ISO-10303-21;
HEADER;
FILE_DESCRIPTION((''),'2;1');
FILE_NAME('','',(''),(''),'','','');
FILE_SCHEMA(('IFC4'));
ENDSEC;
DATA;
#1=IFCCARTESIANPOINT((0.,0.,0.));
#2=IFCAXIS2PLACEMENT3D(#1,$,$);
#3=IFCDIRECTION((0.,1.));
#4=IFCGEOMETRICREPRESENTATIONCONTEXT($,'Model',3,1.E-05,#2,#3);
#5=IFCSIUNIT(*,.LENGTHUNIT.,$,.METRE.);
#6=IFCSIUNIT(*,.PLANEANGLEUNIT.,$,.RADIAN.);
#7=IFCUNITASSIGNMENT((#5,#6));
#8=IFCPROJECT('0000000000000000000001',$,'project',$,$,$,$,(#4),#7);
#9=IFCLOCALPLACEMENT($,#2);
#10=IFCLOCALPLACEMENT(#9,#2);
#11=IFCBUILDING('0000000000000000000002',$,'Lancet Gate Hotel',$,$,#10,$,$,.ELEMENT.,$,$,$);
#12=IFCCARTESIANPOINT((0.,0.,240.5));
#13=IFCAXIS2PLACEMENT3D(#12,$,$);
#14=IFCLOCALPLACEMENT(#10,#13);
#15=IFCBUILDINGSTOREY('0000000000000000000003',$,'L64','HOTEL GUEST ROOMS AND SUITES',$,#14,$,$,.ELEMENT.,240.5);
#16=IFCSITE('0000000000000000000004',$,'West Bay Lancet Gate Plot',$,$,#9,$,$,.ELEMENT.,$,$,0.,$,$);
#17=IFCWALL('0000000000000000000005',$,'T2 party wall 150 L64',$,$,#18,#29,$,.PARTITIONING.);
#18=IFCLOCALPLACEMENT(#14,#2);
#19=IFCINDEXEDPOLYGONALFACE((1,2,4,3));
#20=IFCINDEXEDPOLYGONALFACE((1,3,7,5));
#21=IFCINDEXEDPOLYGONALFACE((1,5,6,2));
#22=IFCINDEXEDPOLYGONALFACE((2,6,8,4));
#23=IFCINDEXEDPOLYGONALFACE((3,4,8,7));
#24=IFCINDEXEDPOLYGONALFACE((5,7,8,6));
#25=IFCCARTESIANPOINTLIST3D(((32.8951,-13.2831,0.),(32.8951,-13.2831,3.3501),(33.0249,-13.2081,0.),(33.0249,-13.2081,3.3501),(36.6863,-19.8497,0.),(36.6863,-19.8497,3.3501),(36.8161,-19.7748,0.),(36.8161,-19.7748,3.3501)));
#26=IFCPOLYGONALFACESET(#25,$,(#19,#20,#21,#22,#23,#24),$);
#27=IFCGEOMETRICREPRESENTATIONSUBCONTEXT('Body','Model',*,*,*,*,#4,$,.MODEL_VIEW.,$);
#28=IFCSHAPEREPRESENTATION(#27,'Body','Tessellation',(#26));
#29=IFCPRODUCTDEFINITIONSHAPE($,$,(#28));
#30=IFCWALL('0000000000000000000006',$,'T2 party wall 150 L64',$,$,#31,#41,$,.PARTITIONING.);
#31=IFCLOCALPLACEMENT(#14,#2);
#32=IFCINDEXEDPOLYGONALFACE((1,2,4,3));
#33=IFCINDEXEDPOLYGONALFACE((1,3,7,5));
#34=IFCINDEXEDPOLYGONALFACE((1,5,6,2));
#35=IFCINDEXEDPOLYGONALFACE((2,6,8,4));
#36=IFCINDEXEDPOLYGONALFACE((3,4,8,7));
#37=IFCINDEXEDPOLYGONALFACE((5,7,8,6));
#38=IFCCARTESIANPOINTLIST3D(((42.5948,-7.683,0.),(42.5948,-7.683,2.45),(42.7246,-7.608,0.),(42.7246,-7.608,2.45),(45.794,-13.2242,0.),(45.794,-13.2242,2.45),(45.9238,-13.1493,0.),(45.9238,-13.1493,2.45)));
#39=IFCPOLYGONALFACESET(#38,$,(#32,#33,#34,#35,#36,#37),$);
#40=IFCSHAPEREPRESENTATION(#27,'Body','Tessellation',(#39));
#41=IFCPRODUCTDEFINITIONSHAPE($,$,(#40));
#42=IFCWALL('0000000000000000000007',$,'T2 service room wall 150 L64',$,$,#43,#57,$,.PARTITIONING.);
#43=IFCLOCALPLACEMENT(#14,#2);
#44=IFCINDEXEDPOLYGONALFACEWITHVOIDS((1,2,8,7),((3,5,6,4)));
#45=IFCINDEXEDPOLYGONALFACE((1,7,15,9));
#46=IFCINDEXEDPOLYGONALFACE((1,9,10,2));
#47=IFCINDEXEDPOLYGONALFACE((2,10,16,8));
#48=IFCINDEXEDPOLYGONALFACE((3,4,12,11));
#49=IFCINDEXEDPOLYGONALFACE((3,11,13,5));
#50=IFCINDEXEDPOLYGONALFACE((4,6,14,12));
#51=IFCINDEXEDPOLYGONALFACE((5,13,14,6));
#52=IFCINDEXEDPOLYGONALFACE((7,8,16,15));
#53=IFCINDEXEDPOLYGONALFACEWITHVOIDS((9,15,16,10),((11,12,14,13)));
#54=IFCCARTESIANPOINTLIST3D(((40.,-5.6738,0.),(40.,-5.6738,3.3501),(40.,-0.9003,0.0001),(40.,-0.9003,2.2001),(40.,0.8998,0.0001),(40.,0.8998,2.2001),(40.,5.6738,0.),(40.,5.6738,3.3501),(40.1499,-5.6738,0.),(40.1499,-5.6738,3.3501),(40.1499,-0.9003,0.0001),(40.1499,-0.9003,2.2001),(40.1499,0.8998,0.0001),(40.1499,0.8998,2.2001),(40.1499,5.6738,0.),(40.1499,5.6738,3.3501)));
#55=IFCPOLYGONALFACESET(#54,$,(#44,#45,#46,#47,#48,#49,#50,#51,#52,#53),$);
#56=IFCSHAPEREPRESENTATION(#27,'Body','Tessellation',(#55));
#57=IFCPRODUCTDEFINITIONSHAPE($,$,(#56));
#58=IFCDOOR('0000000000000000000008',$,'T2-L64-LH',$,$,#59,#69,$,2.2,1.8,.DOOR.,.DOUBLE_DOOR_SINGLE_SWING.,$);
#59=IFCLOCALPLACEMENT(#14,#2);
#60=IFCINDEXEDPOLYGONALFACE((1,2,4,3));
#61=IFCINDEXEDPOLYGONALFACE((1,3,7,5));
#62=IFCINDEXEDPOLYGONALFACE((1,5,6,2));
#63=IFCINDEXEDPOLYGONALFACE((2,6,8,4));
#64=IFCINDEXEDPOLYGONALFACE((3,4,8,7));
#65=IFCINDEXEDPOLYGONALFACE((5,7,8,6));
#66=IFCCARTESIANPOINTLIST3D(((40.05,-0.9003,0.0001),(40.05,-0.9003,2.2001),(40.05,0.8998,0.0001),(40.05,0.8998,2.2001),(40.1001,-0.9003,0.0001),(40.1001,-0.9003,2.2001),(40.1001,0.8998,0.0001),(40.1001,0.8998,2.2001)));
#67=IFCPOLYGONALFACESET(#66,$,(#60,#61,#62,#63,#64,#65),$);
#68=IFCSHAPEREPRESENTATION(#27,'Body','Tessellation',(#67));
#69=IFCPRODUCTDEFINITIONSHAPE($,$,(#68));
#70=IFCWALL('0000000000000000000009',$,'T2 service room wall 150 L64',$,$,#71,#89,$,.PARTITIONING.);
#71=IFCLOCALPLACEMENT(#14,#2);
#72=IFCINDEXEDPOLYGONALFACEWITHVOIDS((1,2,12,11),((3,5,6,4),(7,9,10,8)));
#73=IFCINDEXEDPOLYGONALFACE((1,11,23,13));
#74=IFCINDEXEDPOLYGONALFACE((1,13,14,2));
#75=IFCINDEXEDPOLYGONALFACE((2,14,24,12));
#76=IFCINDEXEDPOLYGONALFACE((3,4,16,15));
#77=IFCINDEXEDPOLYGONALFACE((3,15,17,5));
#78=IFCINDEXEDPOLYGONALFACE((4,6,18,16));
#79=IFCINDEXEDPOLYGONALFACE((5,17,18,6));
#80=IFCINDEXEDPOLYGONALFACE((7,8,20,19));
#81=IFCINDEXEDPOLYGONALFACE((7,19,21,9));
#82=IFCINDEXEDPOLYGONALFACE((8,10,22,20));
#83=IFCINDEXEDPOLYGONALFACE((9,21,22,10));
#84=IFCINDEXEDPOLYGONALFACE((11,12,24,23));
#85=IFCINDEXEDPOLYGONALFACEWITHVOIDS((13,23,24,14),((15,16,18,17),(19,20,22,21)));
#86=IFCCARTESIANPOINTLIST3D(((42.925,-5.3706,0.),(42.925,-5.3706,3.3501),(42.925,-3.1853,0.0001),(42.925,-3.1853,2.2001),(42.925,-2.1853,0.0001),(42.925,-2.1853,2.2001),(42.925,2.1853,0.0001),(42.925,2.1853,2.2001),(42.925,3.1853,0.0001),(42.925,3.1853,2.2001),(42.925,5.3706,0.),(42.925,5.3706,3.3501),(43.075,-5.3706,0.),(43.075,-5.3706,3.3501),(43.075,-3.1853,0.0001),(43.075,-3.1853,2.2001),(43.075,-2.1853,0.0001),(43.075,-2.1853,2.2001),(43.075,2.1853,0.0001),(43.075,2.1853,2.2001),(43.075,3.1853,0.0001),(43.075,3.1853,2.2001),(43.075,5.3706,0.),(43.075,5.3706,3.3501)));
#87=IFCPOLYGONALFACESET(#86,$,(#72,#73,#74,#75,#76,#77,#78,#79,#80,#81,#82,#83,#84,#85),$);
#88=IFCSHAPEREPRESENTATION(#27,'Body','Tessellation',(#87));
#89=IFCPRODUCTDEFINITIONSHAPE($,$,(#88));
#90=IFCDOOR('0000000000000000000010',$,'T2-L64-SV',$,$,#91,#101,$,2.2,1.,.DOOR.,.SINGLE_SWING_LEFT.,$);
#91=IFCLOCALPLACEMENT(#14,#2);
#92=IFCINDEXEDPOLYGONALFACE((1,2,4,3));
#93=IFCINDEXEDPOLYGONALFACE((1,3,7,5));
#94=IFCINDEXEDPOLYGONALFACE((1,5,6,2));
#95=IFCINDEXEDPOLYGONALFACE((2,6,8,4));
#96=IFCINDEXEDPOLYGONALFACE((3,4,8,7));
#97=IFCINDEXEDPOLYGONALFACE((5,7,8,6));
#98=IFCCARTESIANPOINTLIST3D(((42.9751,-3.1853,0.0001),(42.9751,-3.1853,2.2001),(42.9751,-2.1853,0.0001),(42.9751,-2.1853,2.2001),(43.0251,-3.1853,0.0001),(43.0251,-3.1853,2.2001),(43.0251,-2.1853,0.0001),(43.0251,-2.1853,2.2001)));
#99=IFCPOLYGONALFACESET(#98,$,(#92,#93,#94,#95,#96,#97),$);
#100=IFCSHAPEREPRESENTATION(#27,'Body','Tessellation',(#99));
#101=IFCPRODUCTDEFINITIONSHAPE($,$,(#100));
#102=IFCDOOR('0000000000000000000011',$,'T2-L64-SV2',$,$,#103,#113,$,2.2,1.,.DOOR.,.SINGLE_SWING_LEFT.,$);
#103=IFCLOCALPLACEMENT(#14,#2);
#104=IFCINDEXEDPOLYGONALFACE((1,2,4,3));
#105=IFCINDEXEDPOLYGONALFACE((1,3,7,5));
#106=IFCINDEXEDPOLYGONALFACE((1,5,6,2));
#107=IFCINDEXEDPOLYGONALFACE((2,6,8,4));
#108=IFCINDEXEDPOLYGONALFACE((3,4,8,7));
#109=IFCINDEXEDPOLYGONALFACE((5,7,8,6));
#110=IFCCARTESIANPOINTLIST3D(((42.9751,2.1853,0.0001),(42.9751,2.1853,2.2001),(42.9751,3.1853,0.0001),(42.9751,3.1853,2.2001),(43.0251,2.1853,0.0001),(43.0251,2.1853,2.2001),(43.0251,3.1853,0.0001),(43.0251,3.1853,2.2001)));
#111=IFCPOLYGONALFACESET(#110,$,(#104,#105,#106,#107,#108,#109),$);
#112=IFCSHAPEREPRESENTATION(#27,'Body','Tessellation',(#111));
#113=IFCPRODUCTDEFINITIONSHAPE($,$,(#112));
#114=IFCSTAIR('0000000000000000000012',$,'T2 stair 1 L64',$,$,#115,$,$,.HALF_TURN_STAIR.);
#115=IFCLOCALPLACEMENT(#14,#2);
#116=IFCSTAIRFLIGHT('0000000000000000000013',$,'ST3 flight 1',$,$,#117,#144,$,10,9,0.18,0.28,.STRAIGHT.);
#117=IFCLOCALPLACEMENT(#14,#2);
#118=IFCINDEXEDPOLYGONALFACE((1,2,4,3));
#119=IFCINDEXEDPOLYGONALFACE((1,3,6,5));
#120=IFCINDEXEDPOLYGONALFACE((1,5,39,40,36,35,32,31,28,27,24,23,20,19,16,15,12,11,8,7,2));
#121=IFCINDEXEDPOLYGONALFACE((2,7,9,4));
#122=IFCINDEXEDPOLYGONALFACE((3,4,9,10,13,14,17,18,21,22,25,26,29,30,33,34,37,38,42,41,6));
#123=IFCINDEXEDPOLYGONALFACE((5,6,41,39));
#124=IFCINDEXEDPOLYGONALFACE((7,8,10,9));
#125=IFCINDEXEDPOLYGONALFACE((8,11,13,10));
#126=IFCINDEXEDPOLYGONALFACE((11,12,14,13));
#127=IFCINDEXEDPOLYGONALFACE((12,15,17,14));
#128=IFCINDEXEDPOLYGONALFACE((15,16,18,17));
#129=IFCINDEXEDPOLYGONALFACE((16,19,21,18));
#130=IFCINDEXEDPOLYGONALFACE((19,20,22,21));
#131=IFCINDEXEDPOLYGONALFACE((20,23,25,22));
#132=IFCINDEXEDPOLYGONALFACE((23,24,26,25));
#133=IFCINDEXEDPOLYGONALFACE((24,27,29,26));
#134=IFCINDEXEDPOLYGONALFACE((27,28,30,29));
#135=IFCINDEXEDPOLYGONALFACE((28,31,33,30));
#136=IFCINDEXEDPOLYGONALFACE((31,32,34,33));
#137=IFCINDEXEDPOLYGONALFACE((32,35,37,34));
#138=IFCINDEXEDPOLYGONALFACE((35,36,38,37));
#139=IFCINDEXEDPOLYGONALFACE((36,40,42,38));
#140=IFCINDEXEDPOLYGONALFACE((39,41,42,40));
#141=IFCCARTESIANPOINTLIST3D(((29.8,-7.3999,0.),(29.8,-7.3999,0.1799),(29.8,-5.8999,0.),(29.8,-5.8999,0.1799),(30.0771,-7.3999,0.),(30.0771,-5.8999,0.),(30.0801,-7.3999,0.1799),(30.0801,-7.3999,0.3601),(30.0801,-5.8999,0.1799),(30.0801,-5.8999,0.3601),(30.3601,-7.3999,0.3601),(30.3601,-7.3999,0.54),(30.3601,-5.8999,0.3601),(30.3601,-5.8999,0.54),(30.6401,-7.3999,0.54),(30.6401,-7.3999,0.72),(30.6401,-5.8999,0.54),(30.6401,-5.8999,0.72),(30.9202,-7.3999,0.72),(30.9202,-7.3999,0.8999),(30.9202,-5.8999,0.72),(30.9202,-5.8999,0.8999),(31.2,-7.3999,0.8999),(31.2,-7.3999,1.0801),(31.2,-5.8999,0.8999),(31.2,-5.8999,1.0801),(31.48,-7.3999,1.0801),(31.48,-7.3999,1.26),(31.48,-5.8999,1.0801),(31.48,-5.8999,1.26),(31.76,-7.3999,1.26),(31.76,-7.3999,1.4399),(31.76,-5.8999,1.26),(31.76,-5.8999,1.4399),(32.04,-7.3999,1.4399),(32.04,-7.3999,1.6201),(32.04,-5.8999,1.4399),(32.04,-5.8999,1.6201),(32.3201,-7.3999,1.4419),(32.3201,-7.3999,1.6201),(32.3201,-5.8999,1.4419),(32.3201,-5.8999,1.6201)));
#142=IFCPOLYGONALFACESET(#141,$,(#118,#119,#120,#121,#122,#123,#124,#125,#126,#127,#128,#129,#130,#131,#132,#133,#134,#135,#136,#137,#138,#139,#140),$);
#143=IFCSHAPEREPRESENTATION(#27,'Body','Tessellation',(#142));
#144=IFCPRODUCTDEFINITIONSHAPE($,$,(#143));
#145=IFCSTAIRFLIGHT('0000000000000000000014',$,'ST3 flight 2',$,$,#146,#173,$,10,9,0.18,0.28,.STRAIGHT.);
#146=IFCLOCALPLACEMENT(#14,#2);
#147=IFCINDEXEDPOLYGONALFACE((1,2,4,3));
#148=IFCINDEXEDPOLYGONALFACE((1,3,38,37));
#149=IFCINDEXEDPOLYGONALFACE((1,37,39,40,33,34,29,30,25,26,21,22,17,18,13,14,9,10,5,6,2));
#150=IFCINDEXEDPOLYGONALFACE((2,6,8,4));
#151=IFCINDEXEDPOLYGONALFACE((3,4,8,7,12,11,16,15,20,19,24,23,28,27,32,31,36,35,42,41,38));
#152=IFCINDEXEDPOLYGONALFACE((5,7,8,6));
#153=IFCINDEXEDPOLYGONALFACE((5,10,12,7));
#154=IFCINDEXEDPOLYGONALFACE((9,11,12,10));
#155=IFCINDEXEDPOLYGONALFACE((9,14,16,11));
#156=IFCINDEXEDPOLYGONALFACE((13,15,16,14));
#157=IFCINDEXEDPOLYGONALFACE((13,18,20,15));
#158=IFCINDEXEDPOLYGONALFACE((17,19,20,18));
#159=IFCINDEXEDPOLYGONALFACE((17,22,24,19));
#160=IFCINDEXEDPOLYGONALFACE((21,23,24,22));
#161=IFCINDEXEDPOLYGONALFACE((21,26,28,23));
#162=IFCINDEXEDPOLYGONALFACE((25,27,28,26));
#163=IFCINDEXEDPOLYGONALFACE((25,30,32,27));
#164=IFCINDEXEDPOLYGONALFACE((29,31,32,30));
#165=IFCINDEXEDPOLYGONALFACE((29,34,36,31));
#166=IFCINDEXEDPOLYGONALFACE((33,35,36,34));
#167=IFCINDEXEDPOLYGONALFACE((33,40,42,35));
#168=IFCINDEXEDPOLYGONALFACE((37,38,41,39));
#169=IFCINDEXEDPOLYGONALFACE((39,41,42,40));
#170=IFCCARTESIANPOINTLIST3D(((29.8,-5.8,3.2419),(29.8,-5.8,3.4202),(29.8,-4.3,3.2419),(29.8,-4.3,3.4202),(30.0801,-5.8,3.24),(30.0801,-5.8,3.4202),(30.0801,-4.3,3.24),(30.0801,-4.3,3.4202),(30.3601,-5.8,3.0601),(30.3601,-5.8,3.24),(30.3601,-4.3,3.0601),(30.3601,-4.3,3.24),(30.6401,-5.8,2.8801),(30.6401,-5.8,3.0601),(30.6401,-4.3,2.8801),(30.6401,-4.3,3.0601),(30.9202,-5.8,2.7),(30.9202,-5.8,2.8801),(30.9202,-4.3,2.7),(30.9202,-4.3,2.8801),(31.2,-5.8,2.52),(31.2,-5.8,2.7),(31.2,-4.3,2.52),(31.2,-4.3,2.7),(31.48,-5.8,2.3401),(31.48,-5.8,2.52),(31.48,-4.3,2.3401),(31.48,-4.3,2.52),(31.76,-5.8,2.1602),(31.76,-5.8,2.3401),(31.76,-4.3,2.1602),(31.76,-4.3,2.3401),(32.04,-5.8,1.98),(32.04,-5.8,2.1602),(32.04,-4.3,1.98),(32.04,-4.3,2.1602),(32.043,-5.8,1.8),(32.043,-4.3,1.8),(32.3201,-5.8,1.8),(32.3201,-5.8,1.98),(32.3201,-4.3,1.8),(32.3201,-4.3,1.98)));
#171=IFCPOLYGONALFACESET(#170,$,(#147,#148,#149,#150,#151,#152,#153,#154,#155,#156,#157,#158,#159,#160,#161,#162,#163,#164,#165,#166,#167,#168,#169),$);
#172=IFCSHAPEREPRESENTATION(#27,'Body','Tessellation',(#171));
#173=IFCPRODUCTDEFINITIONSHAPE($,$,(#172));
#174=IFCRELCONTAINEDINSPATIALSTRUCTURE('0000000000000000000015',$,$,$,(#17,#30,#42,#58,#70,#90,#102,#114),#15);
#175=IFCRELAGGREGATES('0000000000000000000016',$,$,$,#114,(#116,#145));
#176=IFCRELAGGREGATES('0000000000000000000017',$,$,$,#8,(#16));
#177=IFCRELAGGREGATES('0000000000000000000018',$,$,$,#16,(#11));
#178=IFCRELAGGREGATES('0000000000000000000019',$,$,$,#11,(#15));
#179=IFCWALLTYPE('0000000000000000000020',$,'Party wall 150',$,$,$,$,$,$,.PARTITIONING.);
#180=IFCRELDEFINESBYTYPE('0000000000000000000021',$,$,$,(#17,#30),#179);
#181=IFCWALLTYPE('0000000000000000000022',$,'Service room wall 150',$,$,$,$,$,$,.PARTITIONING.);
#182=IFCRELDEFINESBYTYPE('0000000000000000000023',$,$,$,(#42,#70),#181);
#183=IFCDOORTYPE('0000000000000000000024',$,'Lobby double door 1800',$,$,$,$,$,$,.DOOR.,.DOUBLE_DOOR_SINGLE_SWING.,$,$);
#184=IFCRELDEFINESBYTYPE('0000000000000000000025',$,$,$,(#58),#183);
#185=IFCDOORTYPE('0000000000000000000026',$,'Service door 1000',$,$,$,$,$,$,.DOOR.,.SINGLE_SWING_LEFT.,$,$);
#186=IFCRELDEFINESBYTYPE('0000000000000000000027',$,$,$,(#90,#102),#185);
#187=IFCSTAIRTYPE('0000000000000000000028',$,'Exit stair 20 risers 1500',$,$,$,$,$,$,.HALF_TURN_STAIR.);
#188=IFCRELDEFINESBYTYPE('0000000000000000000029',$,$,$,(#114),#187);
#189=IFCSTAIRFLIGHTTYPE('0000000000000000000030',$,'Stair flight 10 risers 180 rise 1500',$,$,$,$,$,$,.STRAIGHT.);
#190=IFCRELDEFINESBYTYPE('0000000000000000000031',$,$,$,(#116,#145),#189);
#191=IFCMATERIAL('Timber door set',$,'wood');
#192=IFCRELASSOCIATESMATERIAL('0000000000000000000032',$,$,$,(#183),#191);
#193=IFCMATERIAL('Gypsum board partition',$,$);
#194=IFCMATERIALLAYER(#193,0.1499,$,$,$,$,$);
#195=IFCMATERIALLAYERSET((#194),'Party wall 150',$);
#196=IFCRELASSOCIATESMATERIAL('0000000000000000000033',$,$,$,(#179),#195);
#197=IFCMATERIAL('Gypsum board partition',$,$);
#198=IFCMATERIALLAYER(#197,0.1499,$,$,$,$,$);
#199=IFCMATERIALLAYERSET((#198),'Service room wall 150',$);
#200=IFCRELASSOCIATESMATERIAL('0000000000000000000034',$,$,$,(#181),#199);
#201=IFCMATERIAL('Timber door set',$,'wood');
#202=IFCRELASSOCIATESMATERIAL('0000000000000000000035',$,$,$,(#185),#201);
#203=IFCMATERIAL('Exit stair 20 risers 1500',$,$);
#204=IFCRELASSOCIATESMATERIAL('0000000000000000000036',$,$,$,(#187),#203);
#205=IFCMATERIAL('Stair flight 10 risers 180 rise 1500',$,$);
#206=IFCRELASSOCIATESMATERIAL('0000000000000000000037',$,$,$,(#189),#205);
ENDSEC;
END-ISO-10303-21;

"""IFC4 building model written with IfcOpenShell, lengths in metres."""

from ifc_helpers import new_model, si_unit, direction, frame, frame_2d, origin, place, context, subcontext, project, spatial, polyline, rectangle, outline, extrude, material, layer, layer_set, type_object, element, fill, aggregate, save


model = new_model("IFC4")

# Units and contexts
model_context = context("Model", 3, precision=1e-05, world=origin(), true_north=direction((0.0, 1.0)))
body_context = subcontext(model_context, "Body", "Model", "MODEL_VIEW")
ifc_project = project(units=[si_unit("LENGTHUNIT", "METRE"), si_unit("PLANEANGLEUNIT", "RADIAN")], contexts=[model_context])

# Site, building, storey
site_placement = place(None, origin())
site = spatial("IfcSite", under=ifc_project, at=site_placement, Name="West Bay Lancet Gate Plot", CompositionType="ELEMENT", RefElevation=0.0)
building_placement = place(site_placement, origin())
building = spatial("IfcBuilding", under=site, at=building_placement, Name="Lancet Gate Hotel", CompositionType="ELEMENT")
storey_placement = place(building_placement, frame((0.0, 0.0, 240.5)))
storey = spatial("IfcBuildingStorey", under=building, at=storey_placement, Name="L64", Description="HOTEL GUEST ROOMS AND SUITES", CompositionType="ELEMENT", Elevation=240.5)

# Shared definitions
ifc_material_1 = material(Name="Timber door set", Category="wood")
door_type_1 = type_object("IfcDoorType", Name="Lobby double door 1800", OperationType="DOUBLE_DOOR_SINGLE_SWING", PredefinedType="DOOR", material=ifc_material_1)

# Walls
ifc_material_2 = material(Name="Gypsum board partition")
ifc_layer_1 = layer(ifc_material_2, 0.1499)
ifc_layer_set_1 = layer_set([ifc_layer_1], Name="Party wall 150")
wall_type_1 = type_object("IfcWallType", Name="Party wall 150", PredefinedType="PARTITIONING", material=ifc_layer_set_1)
wall_1_placement = place(storey_placement, frame((32.96, -13.2456, 0.0), z_axis=(0.0, 0.0, 1.0), x_axis=(0.5, -0.866025, 0.0)))
element("IfcWall", 1, at=wall_1_placement, inside=storey, type_object=wall_type_1, Name="T2 party wall 150 L64", PredefinedType="PARTITIONING", context=body_context, shape_type="SweptSolid", body=[
    extrude(rectangle(XDim=7.5825, YDim=0.1499, at=frame_2d((3.7913, 0.0))), origin(), (0.0, 0.0, 1.0), 3.3501),
])
wall_2_placement = place(storey_placement, frame((42.6597, -7.6455, 0.0), z_axis=(0.0, 0.0, 1.0), x_axis=(0.499997, -0.866027, 0.0)))
element("IfcWall", 2, at=wall_2_placement, inside=storey, type_object=wall_type_1, Name="T2 party wall 150 L64", PredefinedType="PARTITIONING", context=body_context, shape_type="SweptSolid", body=[
    extrude(rectangle(XDim=6.3984, YDim=0.1499, at=frame_2d((3.1992, 0.0))), origin(), (0.0, 0.0, 1.0), 2.45),
])

# Wall, opening, door
ifc_material_3 = material(Name="Gypsum board partition")
ifc_layer_2 = layer(ifc_material_3, 0.1499)
ifc_layer_set_2 = layer_set([ifc_layer_2], Name="Service room wall 150")
wall_type_2 = type_object("IfcWallType", Name="Service room wall 150", PredefinedType="PARTITIONING", material=ifc_layer_set_2)
wall_3_placement = place(storey_placement, frame((40.075, -5.6738, 0.0), z_axis=(0.0, 0.0, 1.0), x_axis=(0.0, 1.0, 0.0)))
wall_3 = element("IfcWall", 3, at=wall_3_placement, inside=storey, type_object=wall_type_2, Name="T2 service room wall 150 L64", PredefinedType="PARTITIONING", context=body_context, shape_type="SweptSolid", body=[
    extrude(rectangle(XDim=11.3477, YDim=0.1499, at=frame_2d((5.6738, 0.0))), origin(), (0.0, 0.0, 1.0), 3.3501),
])
opening_1_placement = place(wall_3_placement, frame((4.7737, 0.0, 0.0)))
opening_1 = element("IfcOpeningElement", 4, at=opening_1_placement, cuts=wall_3, PredefinedType="OPENING", context=body_context, shape_type="SweptSolid", body=[
    extrude(rectangle(XDim=1.8, YDim=2.2, at=frame_2d((0.8999, 1.1001))), frame((0.0, 0.085, 0.0), z_axis=(0.0, -1.0, 0.0), x_axis=(1.0, 0.0, 0.0)), (0.0, 0.0, 1.0), 0.1699),
])
door_1_placement = place(opening_1_placement, origin())
door_1 = element("IfcDoor", 5, at=door_1_placement, inside=storey, type_object=door_type_1, Name="T2-L64-LH", OperationType="DOUBLE_DOOR_SINGLE_SWING", OverallHeight=2.2, OverallWidth=1.8, PredefinedType="DOOR", context=body_context, shape_type="SweptSolid", body=[
    extrude(rectangle(XDim=1.8, YDim=2.2, at=frame_2d((0.8999, 1.1001))), frame((0.0, 0.0249, 0.0), z_axis=(0.0, -1.0, 0.0), x_axis=(1.0, 0.0, 0.0)), (0.0, 0.0, 1.0), 0.05),
])
fill(opening_1, door_1)

# Wall, openings, doors
wall_4_placement = place(storey_placement, frame((43.0, -5.3706, 0.0), z_axis=(0.0, 0.0, 1.0), x_axis=(0.0, 1.0, 0.0)))
wall_4 = element("IfcWall", 6, at=wall_4_placement, inside=storey, type_object=wall_type_2, Name="T2 service room wall 150 L64", PredefinedType="PARTITIONING", context=body_context, shape_type="SweptSolid", body=[
    extrude(rectangle(XDim=10.7412, YDim=0.1499, at=frame_2d((5.3706, 0.0))), origin(), (0.0, 0.0, 1.0), 3.3501),
])
opening_2_placement = place(wall_4_placement, frame((2.1853, 0.0, 0.0)))
opening_2 = element("IfcOpeningElement", 7, at=opening_2_placement, cuts=wall_4, PredefinedType="OPENING", context=body_context, shape_type="SweptSolid", body=[
    extrude(rectangle(XDim=1.0, YDim=2.2, at=frame_2d((0.5, 1.1001))), frame((0.0, 0.085, 0.0), z_axis=(0.0, -1.0, 0.0), x_axis=(1.0, 0.0, 0.0)), (0.0, 0.0, 1.0), 0.1699),
])
opening_3_placement = place(wall_4_placement, frame((7.5559, 0.0, 0.0)))
opening_3 = element("IfcOpeningElement", 8, at=opening_3_placement, cuts=wall_4, PredefinedType="OPENING", context=body_context, shape_type="SweptSolid", body=[
    extrude(rectangle(XDim=1.0, YDim=2.2, at=frame_2d((0.5, 1.1001))), frame((0.0, 0.085, 0.0), z_axis=(0.0, -1.0, 0.0), x_axis=(1.0, 0.0, 0.0)), (0.0, 0.0, 1.0), 0.1699),
])
ifc_material_4 = material(Name="Timber door set", Category="wood")
door_type_2 = type_object("IfcDoorType", Name="Service door 1000", OperationType="SINGLE_SWING_LEFT", PredefinedType="DOOR", material=ifc_material_4)
door_2_placement = place(opening_2_placement, origin())
door_2 = element("IfcDoor", 9, at=door_2_placement, inside=storey, type_object=door_type_2, Name="T2-L64-SV", OperationType="SINGLE_SWING_LEFT", OverallHeight=2.2, OverallWidth=1.0, PredefinedType="DOOR", context=body_context, shape_type="SweptSolid", body=[
    extrude(rectangle(XDim=1.0, YDim=2.2, at=frame_2d((0.5, 1.1001))), frame((0.0, 0.0249, 0.0), z_axis=(0.0, -1.0, 0.0), x_axis=(1.0, 0.0, 0.0)), (0.0, 0.0, 1.0), 0.05),
])
fill(opening_2, door_2)
door_3_placement = place(opening_3_placement, origin())
door_3 = element("IfcDoor", 10, at=door_3_placement, inside=storey, type_object=door_type_2, Name="T2-L64-SV2", OperationType="SINGLE_SWING_LEFT", OverallHeight=2.2, OverallWidth=1.0, PredefinedType="DOOR", context=body_context, shape_type="SweptSolid", body=[
    extrude(rectangle(XDim=1.0, YDim=2.2, at=frame_2d((0.5, 1.1001))), frame((0.0, 0.0249, 0.0), z_axis=(0.0, -1.0, 0.0), x_axis=(1.0, 0.0, 0.0)), (0.0, 0.0, 1.0), 0.05),
])
fill(opening_3, door_3)

# Stair, stair flights
ifc_material_5 = material(Name="Exit stair 20 risers 1500")
stair_type = type_object("IfcStairType", Name="Exit stair 20 risers 1500", PredefinedType="HALF_TURN_STAIR", material=ifc_material_5)
stair_placement = place(storey_placement, origin())
stair = element("IfcStair", 11, at=stair_placement, inside=storey, type_object=stair_type, Name="T2 stair 1 L64", PredefinedType="HALF_TURN_STAIR")
ifc_material_6 = material(Name="Stair flight 10 risers 180 rise 1500")
stair_flight_type = type_object("IfcStairFlightType", Name="Stair flight 10 risers 180 rise 1500", PredefinedType="STRAIGHT", material=ifc_material_6)
stair_flight_1_placement = place(storey_placement, frame((29.8, -6.6499, 0.0), z_axis=(0.0, 0.0, 1.0), x_axis=(1.0, 0.0, 0.0)))
stair_flight_1 = element("IfcStairFlight", 12, at=stair_flight_1_placement, type_object=stair_flight_type, Name="ST3 flight 1", NumberOfRisers=10, NumberOfTreads=9, PredefinedType="STRAIGHT", RiserHeight=0.18, TreadLength=0.28, context=body_context, shape_type="SweptSolid", body=[
    extrude(outline(polyline([(0.0, 0.0), (0.0, 0.1799), (0.28, 0.1799), (0.28, 0.3601), (0.5601, 0.3601), (0.5601, 0.54), (0.8401, 0.54), (0.8401, 0.72), (1.1201, 0.72), (1.1201, 0.8999), (1.3999, 0.8999), (1.3999, 1.0801), (1.6799, 1.0801), (1.6799, 1.26), (1.96, 1.26), (1.96, 1.4399), (2.24, 1.4399), (2.24, 1.6201), (2.52, 1.6201), (2.52, 1.8), (2.52, 1.4419), (0.2771, 0.0), (0.0, 0.0)])), frame((0.0, 0.75, 0.0), z_axis=(0.0, -1.0, 0.0), x_axis=(1.0, 0.0, 0.0)), (0.0, 0.0, 1.0), 1.5),
])
stair_flight_2_placement = place(storey_placement, frame((32.3201, -5.05, 1.8), z_axis=(0.0, 0.0, 1.0), x_axis=(-1.0, 0.0, 0.0)))
stair_flight_2 = element("IfcStairFlight", 13, at=stair_flight_2_placement, type_object=stair_flight_type, Name="ST3 flight 2", NumberOfRisers=10, NumberOfTreads=9, PredefinedType="STRAIGHT", RiserHeight=0.18, TreadLength=0.28, context=body_context, shape_type="SweptSolid", body=[
    extrude(outline(polyline([(0.0, 0.0), (0.0, 0.1799), (0.28, 0.1799), (0.28, 0.3601), (0.5601, 0.3601), (0.5601, 0.54), (0.8401, 0.54), (0.8401, 0.72), (1.1201, 0.72), (1.1201, 0.8999), (1.3999, 0.8999), (1.3999, 1.0801), (1.6799, 1.0801), (1.6799, 1.26), (1.96, 1.26), (1.96, 1.4399), (2.24, 1.4399), (2.24, 1.6201), (2.52, 1.6201), (2.52, 1.8), (2.52, 1.4419), (0.2771, 0.0), (0.0, 0.0)])), frame((0.0, 0.75, 0.0), z_axis=(0.0, -1.0, 0.0), x_axis=(1.0, 0.0, 0.0)), (0.0, 0.0, 1.0), 1.5),
])
aggregate(stair, [stair_flight_1, stair_flight_2])

save(model, "model.ifc")
